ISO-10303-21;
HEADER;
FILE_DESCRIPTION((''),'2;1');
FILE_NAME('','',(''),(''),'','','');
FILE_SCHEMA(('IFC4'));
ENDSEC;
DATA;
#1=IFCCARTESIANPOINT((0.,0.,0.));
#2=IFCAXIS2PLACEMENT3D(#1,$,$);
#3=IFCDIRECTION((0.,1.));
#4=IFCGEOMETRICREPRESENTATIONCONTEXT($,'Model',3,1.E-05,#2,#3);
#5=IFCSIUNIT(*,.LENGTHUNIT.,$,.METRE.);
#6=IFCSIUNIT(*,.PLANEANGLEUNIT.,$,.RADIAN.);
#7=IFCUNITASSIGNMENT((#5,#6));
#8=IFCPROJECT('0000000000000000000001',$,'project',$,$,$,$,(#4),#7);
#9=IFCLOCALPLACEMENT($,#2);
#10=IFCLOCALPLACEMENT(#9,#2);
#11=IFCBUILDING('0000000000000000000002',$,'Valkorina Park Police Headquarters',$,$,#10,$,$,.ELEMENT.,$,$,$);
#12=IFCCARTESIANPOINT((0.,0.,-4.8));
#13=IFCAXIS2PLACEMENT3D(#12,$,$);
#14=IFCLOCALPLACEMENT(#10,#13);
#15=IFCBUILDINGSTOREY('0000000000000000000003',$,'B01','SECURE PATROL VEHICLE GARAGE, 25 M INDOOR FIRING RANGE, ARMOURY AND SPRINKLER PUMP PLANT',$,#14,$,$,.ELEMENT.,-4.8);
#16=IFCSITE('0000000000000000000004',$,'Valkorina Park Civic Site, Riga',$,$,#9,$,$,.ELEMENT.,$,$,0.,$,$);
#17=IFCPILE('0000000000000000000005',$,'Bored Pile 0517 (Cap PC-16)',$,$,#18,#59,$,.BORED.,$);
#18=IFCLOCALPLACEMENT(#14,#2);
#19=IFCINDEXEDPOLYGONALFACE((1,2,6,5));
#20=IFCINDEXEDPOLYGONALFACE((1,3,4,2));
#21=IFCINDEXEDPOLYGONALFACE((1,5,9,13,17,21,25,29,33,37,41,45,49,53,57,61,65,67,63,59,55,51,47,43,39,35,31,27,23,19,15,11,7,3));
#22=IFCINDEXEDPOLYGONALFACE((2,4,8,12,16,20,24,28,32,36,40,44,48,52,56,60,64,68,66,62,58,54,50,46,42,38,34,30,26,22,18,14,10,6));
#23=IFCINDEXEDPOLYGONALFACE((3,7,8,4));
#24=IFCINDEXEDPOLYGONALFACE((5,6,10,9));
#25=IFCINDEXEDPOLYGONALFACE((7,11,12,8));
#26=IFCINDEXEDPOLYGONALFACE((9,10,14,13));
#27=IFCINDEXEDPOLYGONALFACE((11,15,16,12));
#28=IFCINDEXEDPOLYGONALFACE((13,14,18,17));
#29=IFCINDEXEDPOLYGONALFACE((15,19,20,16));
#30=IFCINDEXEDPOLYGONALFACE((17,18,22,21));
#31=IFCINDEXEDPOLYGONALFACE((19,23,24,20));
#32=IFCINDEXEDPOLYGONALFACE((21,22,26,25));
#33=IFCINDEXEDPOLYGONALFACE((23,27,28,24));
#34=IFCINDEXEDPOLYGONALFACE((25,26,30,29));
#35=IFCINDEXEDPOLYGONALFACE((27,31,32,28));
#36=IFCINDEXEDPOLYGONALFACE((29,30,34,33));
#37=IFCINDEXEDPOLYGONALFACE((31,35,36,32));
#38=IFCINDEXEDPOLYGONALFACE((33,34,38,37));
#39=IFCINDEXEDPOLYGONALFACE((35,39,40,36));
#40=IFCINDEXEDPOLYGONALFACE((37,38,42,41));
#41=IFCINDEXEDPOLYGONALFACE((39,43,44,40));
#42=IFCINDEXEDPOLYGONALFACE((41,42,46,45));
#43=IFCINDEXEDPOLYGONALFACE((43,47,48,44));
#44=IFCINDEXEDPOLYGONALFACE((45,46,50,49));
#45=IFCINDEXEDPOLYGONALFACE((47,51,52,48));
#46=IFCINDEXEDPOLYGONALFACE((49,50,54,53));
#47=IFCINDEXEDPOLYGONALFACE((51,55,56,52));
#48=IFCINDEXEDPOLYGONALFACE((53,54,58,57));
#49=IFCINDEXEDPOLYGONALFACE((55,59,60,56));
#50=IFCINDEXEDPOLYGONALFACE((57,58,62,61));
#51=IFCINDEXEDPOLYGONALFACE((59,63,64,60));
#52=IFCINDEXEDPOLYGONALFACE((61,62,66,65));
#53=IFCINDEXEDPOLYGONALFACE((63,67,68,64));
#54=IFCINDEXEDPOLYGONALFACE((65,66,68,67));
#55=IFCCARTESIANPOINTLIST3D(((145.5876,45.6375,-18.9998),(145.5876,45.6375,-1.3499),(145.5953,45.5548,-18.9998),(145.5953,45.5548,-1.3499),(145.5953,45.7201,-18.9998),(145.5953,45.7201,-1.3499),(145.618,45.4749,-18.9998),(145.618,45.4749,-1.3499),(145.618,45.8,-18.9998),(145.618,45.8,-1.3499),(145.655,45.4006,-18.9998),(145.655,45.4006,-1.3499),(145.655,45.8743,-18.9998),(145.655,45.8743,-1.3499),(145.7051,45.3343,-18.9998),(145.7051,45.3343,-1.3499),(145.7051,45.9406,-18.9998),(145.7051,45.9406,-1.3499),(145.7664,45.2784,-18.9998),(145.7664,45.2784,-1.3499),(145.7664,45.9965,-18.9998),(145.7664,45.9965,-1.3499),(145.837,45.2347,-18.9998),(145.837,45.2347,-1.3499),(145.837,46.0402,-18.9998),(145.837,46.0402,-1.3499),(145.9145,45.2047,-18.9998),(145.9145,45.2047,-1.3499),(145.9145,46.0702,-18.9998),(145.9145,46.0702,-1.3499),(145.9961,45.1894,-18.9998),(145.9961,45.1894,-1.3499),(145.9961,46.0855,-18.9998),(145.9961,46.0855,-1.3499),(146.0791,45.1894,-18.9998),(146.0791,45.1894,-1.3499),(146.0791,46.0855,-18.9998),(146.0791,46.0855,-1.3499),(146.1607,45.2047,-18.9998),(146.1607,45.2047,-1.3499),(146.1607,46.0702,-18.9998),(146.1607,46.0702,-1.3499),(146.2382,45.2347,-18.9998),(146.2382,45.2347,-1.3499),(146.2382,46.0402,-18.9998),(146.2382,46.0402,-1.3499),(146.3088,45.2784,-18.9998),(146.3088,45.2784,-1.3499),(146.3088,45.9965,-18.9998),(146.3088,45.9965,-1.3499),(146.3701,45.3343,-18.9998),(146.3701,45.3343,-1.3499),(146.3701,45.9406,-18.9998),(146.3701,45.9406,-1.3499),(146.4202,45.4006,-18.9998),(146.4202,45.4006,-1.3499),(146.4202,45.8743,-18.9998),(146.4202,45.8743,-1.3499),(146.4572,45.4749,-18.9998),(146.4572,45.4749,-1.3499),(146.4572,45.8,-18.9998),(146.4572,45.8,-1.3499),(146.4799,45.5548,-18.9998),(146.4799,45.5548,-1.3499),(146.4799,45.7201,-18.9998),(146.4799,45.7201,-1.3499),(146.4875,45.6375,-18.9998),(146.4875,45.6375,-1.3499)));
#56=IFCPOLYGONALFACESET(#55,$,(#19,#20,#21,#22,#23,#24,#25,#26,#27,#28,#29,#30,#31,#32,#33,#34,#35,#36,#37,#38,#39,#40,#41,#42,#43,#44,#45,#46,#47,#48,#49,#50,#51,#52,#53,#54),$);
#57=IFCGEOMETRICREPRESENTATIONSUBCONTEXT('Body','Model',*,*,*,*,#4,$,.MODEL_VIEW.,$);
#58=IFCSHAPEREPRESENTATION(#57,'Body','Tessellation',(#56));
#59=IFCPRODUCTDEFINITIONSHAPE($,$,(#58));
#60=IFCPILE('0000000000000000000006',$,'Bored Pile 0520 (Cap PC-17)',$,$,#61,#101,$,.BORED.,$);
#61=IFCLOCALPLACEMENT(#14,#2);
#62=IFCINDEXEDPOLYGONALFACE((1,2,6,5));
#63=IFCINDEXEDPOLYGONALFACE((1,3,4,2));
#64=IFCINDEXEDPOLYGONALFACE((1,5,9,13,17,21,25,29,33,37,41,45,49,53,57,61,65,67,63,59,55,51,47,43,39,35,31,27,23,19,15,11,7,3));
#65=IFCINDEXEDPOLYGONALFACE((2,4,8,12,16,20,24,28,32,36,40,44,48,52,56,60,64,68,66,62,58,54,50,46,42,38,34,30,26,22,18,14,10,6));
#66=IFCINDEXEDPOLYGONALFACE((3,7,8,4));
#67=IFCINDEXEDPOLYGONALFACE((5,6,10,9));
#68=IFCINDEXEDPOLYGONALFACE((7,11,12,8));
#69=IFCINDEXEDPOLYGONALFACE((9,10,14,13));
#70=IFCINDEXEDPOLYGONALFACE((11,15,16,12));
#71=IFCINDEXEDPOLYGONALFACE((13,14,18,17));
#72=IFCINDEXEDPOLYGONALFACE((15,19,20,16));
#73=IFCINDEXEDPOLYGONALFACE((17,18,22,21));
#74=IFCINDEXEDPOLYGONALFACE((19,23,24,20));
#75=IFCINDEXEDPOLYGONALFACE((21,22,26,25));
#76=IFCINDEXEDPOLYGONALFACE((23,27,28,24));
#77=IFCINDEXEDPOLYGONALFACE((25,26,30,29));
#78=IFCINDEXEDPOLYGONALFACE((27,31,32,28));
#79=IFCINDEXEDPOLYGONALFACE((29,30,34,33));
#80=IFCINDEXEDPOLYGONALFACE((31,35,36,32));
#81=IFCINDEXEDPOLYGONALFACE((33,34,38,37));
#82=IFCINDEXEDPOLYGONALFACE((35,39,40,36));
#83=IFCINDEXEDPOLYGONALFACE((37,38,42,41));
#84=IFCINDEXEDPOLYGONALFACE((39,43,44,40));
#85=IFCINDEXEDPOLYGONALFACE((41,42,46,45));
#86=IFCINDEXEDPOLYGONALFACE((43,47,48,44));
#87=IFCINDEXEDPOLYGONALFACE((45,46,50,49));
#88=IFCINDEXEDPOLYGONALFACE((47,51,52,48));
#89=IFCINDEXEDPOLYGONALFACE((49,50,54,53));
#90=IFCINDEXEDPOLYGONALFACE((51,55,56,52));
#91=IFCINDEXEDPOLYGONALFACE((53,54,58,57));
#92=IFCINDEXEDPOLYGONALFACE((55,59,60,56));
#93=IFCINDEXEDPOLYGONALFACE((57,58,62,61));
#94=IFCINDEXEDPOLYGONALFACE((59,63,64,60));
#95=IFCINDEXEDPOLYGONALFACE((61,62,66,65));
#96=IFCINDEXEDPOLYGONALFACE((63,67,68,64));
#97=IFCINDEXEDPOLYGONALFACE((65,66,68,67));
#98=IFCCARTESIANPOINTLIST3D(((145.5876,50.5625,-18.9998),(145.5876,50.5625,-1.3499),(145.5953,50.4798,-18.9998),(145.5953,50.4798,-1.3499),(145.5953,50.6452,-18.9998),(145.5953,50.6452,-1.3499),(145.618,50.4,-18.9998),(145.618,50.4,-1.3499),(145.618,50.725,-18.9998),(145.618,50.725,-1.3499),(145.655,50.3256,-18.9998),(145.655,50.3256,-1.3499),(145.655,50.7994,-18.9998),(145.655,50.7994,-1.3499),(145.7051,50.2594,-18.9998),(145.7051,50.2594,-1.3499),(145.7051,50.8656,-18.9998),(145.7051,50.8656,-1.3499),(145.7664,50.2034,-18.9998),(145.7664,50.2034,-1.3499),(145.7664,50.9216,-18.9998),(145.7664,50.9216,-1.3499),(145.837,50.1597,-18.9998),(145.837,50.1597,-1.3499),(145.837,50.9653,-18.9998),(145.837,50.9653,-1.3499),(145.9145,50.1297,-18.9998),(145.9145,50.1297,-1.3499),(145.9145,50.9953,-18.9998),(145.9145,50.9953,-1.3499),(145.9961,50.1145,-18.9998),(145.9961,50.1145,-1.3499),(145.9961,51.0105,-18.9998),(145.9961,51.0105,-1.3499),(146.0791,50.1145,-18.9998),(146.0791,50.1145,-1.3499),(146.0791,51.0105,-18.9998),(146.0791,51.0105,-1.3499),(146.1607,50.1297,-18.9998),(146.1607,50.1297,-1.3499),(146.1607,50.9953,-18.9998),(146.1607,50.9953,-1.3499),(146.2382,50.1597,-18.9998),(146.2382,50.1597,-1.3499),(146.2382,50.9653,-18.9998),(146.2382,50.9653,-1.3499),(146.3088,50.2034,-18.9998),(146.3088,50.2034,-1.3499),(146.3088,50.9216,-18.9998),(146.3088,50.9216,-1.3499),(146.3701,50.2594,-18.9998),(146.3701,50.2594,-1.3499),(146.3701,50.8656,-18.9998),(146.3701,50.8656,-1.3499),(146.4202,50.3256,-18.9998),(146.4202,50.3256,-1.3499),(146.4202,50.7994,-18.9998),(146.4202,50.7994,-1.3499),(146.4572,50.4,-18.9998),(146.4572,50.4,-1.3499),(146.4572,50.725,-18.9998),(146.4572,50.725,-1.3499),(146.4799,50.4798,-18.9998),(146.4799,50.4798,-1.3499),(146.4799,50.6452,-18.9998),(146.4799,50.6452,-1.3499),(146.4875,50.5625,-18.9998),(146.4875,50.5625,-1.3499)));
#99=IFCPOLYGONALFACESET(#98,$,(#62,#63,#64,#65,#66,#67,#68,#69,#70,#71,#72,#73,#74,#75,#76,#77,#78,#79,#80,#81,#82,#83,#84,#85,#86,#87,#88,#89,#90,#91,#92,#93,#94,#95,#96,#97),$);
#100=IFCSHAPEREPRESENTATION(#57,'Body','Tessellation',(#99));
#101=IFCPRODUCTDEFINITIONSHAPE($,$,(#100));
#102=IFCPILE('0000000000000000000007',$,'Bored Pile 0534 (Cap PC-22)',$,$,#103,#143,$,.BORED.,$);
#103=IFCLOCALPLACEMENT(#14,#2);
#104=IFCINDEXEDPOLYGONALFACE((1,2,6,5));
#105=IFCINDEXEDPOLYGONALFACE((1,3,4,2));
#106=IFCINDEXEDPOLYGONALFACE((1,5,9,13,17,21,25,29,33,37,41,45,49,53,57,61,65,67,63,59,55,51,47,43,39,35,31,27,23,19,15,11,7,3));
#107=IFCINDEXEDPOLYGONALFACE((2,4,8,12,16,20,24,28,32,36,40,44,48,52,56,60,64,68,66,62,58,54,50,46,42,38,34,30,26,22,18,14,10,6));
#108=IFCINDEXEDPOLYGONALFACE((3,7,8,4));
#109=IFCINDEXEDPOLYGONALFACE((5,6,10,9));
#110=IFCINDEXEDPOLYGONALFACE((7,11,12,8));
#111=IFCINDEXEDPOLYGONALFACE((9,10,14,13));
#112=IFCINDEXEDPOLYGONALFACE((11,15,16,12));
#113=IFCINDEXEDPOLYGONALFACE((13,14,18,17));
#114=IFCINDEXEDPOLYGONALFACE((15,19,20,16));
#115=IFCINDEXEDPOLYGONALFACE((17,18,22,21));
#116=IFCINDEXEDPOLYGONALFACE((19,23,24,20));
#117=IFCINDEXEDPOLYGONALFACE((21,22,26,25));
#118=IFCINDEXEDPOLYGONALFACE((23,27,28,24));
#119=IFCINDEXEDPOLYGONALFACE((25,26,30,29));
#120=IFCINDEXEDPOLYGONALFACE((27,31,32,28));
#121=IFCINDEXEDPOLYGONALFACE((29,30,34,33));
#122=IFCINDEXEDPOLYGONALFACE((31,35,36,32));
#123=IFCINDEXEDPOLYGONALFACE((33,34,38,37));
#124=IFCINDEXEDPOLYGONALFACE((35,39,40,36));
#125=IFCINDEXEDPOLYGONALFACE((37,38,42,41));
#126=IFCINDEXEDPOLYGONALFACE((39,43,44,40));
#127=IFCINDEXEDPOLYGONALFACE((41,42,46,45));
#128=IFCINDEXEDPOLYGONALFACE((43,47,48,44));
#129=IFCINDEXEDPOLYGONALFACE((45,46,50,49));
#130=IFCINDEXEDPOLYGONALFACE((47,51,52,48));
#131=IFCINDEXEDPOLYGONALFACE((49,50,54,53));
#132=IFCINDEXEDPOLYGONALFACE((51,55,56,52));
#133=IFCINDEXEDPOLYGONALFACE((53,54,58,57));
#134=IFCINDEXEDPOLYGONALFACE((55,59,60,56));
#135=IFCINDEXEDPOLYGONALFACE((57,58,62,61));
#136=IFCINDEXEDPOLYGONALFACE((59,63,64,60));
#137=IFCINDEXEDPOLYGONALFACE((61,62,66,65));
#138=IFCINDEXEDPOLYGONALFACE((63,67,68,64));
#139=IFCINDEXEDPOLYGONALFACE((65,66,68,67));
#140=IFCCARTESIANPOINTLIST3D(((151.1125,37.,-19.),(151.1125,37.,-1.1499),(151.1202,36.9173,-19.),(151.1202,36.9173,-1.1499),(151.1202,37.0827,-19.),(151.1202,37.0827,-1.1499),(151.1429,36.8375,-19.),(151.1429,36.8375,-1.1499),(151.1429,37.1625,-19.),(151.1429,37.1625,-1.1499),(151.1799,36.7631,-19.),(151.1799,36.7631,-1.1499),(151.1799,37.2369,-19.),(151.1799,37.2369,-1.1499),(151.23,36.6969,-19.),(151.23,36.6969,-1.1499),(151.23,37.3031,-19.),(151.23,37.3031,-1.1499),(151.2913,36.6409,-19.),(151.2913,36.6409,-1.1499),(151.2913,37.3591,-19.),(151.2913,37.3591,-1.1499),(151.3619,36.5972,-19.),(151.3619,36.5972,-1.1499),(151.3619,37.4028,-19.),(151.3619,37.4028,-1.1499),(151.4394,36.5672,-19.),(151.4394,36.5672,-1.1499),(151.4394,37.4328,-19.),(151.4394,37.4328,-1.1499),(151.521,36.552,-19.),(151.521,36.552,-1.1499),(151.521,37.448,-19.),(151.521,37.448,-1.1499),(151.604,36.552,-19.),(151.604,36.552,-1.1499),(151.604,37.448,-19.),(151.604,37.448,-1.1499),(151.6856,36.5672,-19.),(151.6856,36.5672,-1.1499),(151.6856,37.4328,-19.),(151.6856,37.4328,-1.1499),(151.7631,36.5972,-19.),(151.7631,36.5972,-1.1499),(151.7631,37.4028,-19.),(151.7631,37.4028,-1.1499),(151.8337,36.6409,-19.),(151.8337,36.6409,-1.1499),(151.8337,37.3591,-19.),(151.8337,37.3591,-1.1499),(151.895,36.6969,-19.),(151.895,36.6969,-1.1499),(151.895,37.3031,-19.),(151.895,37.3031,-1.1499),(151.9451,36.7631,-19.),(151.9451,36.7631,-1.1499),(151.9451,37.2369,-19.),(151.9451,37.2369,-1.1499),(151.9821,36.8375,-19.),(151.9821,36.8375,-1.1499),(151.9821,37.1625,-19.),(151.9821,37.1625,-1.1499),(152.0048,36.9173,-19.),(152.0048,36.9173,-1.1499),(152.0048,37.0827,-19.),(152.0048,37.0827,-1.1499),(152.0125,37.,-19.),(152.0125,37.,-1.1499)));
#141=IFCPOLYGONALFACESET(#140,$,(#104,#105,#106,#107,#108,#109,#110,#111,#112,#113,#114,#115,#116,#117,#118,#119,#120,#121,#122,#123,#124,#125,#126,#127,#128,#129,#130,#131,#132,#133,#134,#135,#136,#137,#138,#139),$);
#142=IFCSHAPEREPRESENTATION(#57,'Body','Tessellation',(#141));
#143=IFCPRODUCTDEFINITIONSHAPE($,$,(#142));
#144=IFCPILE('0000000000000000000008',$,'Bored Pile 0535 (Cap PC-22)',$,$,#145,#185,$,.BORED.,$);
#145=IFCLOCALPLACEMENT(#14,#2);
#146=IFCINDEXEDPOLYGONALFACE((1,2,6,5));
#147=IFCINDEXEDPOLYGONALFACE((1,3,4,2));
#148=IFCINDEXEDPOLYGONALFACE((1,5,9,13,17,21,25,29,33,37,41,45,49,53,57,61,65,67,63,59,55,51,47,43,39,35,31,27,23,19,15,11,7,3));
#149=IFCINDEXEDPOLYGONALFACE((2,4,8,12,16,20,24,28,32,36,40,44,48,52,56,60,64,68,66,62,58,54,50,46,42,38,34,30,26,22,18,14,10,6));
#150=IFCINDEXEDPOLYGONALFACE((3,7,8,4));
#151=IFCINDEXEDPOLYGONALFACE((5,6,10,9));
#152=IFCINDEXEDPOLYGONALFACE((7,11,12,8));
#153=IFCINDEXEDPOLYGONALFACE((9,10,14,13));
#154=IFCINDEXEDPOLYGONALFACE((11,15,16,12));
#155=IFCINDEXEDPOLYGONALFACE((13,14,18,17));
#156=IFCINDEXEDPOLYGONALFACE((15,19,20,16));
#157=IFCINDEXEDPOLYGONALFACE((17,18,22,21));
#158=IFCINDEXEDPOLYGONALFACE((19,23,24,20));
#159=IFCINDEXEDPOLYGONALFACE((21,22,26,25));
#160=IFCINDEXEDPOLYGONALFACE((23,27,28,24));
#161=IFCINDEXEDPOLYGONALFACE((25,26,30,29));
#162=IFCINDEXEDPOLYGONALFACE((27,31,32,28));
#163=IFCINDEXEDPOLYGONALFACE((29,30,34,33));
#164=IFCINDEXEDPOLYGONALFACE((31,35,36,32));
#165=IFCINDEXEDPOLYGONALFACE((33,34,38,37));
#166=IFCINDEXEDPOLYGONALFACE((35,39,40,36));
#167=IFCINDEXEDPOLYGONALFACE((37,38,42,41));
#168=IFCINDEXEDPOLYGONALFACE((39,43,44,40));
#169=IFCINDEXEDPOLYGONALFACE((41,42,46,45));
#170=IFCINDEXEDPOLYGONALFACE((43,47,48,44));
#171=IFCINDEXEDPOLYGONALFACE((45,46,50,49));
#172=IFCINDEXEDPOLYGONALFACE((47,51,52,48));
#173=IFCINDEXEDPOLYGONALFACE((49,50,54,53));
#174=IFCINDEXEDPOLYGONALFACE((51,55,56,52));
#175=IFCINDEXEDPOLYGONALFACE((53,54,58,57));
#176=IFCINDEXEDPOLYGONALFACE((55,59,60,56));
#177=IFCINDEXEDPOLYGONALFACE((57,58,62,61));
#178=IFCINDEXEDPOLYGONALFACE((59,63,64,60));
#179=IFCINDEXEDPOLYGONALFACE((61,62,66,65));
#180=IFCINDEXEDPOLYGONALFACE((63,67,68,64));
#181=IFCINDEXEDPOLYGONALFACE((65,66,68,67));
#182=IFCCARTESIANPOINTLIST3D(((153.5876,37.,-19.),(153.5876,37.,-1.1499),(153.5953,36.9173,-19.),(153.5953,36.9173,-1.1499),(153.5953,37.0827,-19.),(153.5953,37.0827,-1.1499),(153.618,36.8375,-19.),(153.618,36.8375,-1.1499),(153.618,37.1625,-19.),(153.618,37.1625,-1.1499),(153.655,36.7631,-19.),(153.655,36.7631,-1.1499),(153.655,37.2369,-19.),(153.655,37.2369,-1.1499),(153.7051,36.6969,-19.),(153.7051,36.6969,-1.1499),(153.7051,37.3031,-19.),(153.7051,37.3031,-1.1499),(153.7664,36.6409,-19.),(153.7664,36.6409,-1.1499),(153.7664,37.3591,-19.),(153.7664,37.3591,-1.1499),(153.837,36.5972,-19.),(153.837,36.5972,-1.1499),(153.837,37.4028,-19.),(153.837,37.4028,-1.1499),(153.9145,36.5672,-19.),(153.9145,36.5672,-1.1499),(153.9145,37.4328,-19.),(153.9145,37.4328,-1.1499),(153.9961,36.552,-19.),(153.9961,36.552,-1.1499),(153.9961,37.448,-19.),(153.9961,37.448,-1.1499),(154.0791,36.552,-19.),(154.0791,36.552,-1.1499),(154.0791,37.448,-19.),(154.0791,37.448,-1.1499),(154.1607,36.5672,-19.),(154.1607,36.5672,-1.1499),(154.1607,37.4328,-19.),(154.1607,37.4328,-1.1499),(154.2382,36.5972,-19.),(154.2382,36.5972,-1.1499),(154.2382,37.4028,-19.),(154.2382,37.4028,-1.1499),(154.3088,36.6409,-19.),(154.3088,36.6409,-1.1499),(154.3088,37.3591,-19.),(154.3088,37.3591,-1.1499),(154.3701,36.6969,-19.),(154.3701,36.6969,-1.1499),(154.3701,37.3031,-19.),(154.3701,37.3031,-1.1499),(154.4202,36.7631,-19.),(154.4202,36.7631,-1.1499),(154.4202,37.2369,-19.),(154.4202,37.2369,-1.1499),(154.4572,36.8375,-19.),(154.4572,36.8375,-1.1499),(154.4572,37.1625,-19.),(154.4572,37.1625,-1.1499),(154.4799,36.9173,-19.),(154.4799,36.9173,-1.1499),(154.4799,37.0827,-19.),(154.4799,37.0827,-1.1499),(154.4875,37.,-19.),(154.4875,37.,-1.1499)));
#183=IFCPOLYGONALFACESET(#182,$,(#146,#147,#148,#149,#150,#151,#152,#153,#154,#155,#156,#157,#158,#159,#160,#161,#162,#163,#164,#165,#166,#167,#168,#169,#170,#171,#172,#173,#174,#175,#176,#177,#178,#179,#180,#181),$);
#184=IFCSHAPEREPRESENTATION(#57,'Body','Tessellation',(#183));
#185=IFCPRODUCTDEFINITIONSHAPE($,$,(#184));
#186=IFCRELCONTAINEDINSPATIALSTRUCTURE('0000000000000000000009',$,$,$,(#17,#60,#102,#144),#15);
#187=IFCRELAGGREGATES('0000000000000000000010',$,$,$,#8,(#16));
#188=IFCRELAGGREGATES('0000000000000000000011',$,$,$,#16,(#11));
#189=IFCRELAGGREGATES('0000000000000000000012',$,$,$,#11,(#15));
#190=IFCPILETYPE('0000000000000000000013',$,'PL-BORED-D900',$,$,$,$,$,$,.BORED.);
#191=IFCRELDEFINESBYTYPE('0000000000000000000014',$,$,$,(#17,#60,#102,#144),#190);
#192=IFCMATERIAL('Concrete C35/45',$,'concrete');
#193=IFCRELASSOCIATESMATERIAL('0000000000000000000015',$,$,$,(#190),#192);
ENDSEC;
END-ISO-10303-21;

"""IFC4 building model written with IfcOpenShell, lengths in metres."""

from ifc_helpers import new_model, si_unit, direction, frame, origin, origin_2d, place, context, subcontext, project, spatial, circle, extrude, material, material_profile, profile_set, type_object, element, save


model = new_model("IFC4")

# Units and contexts
model_context = context("Model", 3, precision=1e-05, world=origin(), true_north=direction((0.0, 1.0)))
body_context = subcontext(model_context, "Body", "Model", "MODEL_VIEW")
ifc_project = project(units=[si_unit("LENGTHUNIT", "METRE"), si_unit("PLANEANGLEUNIT", "RADIAN")], contexts=[model_context])

# Site, building, storey
site_placement = place(None, origin())
site = spatial("IfcSite", under=ifc_project, at=site_placement, Name="Valkorina Park Civic Site, Riga", CompositionType="ELEMENT", RefElevation=0.0)
building_placement = place(site_placement, origin())
building = spatial("IfcBuilding", under=site, at=building_placement, Name="Valkorina Park Police Headquarters", CompositionType="ELEMENT")
storey_placement = place(building_placement, frame((0.0, 0.0, -4.8)))
storey = spatial("IfcBuildingStorey", under=building, at=storey_placement, Name="B01", Description="SECURE PATROL VEHICLE GARAGE, 25 M INDOOR FIRING RANGE, ARMOURY AND SPRINKLER PUMP PLANT", CompositionType="ELEMENT", Elevation=-4.8)

# Piles
ifc_material_1 = material(Name="Concrete C35/45", Category="concrete")
ifc_material_profile_1 = material_profile(ifc_material_1, circle(Radius=0.45, at=origin_2d()), Name="BORED PILE D900")
ifc_profile_set_1 = profile_set([ifc_material_profile_1], Name="Concrete C35/45")
pile_type_1 = type_object("IfcPileType", Name="PL-BORED-D900", PredefinedType="BORED", material=ifc_profile_set_1)
for number, where, z_axis, x_axis, name in (
    (1, (146.0376, 45.6375, -1.3499), (0.0, 0.0, -1.0), (1.0, 0.0, 0.0), "Bored Pile 0517 (Cap PC-16)"),
    (2, (146.0376, 50.5625, -1.3499), (0.0, 0.0, -1.0), (1.0, 0.0, 0.0), "Bored Pile 0520 (Cap PC-17)"),
):
    element("IfcPile", number, at=place(storey_placement, frame(where, z_axis=z_axis, x_axis=x_axis)), inside=storey, type_object=pile_type_1, Name=name, PredefinedType="BORED", context=body_context, shape_type="SweptSolid", body=[
        extrude(circle(Radius=0.45, at=origin_2d()), origin(), (0.0, 0.0, 1.0), 17.6499),
    ])
for number, where, z_axis, x_axis, name in (
    (3, (151.5625, 37.0, -1.1499), (0.0, 0.0, -1.0), (1.0, 0.0, 0.0), "Bored Pile 0534 (Cap PC-22)"),
    (4, (154.0376, 37.0, -1.1499), (0.0, 0.0, -1.0), (1.0, 0.0, 0.0), "Bored Pile 0535 (Cap PC-22)"),
):
    element("IfcPile", number, at=place(storey_placement, frame(where, z_axis=z_axis, x_axis=x_axis)), inside=storey, type_object=pile_type_1, Name=name, PredefinedType="BORED", context=body_context, shape_type="SweptSolid", body=[
        extrude(circle(Radius=0.45, at=origin_2d()), origin(), (0.0, 0.0, 1.0), 17.8501),
    ])

save(model, "model.ifc")
